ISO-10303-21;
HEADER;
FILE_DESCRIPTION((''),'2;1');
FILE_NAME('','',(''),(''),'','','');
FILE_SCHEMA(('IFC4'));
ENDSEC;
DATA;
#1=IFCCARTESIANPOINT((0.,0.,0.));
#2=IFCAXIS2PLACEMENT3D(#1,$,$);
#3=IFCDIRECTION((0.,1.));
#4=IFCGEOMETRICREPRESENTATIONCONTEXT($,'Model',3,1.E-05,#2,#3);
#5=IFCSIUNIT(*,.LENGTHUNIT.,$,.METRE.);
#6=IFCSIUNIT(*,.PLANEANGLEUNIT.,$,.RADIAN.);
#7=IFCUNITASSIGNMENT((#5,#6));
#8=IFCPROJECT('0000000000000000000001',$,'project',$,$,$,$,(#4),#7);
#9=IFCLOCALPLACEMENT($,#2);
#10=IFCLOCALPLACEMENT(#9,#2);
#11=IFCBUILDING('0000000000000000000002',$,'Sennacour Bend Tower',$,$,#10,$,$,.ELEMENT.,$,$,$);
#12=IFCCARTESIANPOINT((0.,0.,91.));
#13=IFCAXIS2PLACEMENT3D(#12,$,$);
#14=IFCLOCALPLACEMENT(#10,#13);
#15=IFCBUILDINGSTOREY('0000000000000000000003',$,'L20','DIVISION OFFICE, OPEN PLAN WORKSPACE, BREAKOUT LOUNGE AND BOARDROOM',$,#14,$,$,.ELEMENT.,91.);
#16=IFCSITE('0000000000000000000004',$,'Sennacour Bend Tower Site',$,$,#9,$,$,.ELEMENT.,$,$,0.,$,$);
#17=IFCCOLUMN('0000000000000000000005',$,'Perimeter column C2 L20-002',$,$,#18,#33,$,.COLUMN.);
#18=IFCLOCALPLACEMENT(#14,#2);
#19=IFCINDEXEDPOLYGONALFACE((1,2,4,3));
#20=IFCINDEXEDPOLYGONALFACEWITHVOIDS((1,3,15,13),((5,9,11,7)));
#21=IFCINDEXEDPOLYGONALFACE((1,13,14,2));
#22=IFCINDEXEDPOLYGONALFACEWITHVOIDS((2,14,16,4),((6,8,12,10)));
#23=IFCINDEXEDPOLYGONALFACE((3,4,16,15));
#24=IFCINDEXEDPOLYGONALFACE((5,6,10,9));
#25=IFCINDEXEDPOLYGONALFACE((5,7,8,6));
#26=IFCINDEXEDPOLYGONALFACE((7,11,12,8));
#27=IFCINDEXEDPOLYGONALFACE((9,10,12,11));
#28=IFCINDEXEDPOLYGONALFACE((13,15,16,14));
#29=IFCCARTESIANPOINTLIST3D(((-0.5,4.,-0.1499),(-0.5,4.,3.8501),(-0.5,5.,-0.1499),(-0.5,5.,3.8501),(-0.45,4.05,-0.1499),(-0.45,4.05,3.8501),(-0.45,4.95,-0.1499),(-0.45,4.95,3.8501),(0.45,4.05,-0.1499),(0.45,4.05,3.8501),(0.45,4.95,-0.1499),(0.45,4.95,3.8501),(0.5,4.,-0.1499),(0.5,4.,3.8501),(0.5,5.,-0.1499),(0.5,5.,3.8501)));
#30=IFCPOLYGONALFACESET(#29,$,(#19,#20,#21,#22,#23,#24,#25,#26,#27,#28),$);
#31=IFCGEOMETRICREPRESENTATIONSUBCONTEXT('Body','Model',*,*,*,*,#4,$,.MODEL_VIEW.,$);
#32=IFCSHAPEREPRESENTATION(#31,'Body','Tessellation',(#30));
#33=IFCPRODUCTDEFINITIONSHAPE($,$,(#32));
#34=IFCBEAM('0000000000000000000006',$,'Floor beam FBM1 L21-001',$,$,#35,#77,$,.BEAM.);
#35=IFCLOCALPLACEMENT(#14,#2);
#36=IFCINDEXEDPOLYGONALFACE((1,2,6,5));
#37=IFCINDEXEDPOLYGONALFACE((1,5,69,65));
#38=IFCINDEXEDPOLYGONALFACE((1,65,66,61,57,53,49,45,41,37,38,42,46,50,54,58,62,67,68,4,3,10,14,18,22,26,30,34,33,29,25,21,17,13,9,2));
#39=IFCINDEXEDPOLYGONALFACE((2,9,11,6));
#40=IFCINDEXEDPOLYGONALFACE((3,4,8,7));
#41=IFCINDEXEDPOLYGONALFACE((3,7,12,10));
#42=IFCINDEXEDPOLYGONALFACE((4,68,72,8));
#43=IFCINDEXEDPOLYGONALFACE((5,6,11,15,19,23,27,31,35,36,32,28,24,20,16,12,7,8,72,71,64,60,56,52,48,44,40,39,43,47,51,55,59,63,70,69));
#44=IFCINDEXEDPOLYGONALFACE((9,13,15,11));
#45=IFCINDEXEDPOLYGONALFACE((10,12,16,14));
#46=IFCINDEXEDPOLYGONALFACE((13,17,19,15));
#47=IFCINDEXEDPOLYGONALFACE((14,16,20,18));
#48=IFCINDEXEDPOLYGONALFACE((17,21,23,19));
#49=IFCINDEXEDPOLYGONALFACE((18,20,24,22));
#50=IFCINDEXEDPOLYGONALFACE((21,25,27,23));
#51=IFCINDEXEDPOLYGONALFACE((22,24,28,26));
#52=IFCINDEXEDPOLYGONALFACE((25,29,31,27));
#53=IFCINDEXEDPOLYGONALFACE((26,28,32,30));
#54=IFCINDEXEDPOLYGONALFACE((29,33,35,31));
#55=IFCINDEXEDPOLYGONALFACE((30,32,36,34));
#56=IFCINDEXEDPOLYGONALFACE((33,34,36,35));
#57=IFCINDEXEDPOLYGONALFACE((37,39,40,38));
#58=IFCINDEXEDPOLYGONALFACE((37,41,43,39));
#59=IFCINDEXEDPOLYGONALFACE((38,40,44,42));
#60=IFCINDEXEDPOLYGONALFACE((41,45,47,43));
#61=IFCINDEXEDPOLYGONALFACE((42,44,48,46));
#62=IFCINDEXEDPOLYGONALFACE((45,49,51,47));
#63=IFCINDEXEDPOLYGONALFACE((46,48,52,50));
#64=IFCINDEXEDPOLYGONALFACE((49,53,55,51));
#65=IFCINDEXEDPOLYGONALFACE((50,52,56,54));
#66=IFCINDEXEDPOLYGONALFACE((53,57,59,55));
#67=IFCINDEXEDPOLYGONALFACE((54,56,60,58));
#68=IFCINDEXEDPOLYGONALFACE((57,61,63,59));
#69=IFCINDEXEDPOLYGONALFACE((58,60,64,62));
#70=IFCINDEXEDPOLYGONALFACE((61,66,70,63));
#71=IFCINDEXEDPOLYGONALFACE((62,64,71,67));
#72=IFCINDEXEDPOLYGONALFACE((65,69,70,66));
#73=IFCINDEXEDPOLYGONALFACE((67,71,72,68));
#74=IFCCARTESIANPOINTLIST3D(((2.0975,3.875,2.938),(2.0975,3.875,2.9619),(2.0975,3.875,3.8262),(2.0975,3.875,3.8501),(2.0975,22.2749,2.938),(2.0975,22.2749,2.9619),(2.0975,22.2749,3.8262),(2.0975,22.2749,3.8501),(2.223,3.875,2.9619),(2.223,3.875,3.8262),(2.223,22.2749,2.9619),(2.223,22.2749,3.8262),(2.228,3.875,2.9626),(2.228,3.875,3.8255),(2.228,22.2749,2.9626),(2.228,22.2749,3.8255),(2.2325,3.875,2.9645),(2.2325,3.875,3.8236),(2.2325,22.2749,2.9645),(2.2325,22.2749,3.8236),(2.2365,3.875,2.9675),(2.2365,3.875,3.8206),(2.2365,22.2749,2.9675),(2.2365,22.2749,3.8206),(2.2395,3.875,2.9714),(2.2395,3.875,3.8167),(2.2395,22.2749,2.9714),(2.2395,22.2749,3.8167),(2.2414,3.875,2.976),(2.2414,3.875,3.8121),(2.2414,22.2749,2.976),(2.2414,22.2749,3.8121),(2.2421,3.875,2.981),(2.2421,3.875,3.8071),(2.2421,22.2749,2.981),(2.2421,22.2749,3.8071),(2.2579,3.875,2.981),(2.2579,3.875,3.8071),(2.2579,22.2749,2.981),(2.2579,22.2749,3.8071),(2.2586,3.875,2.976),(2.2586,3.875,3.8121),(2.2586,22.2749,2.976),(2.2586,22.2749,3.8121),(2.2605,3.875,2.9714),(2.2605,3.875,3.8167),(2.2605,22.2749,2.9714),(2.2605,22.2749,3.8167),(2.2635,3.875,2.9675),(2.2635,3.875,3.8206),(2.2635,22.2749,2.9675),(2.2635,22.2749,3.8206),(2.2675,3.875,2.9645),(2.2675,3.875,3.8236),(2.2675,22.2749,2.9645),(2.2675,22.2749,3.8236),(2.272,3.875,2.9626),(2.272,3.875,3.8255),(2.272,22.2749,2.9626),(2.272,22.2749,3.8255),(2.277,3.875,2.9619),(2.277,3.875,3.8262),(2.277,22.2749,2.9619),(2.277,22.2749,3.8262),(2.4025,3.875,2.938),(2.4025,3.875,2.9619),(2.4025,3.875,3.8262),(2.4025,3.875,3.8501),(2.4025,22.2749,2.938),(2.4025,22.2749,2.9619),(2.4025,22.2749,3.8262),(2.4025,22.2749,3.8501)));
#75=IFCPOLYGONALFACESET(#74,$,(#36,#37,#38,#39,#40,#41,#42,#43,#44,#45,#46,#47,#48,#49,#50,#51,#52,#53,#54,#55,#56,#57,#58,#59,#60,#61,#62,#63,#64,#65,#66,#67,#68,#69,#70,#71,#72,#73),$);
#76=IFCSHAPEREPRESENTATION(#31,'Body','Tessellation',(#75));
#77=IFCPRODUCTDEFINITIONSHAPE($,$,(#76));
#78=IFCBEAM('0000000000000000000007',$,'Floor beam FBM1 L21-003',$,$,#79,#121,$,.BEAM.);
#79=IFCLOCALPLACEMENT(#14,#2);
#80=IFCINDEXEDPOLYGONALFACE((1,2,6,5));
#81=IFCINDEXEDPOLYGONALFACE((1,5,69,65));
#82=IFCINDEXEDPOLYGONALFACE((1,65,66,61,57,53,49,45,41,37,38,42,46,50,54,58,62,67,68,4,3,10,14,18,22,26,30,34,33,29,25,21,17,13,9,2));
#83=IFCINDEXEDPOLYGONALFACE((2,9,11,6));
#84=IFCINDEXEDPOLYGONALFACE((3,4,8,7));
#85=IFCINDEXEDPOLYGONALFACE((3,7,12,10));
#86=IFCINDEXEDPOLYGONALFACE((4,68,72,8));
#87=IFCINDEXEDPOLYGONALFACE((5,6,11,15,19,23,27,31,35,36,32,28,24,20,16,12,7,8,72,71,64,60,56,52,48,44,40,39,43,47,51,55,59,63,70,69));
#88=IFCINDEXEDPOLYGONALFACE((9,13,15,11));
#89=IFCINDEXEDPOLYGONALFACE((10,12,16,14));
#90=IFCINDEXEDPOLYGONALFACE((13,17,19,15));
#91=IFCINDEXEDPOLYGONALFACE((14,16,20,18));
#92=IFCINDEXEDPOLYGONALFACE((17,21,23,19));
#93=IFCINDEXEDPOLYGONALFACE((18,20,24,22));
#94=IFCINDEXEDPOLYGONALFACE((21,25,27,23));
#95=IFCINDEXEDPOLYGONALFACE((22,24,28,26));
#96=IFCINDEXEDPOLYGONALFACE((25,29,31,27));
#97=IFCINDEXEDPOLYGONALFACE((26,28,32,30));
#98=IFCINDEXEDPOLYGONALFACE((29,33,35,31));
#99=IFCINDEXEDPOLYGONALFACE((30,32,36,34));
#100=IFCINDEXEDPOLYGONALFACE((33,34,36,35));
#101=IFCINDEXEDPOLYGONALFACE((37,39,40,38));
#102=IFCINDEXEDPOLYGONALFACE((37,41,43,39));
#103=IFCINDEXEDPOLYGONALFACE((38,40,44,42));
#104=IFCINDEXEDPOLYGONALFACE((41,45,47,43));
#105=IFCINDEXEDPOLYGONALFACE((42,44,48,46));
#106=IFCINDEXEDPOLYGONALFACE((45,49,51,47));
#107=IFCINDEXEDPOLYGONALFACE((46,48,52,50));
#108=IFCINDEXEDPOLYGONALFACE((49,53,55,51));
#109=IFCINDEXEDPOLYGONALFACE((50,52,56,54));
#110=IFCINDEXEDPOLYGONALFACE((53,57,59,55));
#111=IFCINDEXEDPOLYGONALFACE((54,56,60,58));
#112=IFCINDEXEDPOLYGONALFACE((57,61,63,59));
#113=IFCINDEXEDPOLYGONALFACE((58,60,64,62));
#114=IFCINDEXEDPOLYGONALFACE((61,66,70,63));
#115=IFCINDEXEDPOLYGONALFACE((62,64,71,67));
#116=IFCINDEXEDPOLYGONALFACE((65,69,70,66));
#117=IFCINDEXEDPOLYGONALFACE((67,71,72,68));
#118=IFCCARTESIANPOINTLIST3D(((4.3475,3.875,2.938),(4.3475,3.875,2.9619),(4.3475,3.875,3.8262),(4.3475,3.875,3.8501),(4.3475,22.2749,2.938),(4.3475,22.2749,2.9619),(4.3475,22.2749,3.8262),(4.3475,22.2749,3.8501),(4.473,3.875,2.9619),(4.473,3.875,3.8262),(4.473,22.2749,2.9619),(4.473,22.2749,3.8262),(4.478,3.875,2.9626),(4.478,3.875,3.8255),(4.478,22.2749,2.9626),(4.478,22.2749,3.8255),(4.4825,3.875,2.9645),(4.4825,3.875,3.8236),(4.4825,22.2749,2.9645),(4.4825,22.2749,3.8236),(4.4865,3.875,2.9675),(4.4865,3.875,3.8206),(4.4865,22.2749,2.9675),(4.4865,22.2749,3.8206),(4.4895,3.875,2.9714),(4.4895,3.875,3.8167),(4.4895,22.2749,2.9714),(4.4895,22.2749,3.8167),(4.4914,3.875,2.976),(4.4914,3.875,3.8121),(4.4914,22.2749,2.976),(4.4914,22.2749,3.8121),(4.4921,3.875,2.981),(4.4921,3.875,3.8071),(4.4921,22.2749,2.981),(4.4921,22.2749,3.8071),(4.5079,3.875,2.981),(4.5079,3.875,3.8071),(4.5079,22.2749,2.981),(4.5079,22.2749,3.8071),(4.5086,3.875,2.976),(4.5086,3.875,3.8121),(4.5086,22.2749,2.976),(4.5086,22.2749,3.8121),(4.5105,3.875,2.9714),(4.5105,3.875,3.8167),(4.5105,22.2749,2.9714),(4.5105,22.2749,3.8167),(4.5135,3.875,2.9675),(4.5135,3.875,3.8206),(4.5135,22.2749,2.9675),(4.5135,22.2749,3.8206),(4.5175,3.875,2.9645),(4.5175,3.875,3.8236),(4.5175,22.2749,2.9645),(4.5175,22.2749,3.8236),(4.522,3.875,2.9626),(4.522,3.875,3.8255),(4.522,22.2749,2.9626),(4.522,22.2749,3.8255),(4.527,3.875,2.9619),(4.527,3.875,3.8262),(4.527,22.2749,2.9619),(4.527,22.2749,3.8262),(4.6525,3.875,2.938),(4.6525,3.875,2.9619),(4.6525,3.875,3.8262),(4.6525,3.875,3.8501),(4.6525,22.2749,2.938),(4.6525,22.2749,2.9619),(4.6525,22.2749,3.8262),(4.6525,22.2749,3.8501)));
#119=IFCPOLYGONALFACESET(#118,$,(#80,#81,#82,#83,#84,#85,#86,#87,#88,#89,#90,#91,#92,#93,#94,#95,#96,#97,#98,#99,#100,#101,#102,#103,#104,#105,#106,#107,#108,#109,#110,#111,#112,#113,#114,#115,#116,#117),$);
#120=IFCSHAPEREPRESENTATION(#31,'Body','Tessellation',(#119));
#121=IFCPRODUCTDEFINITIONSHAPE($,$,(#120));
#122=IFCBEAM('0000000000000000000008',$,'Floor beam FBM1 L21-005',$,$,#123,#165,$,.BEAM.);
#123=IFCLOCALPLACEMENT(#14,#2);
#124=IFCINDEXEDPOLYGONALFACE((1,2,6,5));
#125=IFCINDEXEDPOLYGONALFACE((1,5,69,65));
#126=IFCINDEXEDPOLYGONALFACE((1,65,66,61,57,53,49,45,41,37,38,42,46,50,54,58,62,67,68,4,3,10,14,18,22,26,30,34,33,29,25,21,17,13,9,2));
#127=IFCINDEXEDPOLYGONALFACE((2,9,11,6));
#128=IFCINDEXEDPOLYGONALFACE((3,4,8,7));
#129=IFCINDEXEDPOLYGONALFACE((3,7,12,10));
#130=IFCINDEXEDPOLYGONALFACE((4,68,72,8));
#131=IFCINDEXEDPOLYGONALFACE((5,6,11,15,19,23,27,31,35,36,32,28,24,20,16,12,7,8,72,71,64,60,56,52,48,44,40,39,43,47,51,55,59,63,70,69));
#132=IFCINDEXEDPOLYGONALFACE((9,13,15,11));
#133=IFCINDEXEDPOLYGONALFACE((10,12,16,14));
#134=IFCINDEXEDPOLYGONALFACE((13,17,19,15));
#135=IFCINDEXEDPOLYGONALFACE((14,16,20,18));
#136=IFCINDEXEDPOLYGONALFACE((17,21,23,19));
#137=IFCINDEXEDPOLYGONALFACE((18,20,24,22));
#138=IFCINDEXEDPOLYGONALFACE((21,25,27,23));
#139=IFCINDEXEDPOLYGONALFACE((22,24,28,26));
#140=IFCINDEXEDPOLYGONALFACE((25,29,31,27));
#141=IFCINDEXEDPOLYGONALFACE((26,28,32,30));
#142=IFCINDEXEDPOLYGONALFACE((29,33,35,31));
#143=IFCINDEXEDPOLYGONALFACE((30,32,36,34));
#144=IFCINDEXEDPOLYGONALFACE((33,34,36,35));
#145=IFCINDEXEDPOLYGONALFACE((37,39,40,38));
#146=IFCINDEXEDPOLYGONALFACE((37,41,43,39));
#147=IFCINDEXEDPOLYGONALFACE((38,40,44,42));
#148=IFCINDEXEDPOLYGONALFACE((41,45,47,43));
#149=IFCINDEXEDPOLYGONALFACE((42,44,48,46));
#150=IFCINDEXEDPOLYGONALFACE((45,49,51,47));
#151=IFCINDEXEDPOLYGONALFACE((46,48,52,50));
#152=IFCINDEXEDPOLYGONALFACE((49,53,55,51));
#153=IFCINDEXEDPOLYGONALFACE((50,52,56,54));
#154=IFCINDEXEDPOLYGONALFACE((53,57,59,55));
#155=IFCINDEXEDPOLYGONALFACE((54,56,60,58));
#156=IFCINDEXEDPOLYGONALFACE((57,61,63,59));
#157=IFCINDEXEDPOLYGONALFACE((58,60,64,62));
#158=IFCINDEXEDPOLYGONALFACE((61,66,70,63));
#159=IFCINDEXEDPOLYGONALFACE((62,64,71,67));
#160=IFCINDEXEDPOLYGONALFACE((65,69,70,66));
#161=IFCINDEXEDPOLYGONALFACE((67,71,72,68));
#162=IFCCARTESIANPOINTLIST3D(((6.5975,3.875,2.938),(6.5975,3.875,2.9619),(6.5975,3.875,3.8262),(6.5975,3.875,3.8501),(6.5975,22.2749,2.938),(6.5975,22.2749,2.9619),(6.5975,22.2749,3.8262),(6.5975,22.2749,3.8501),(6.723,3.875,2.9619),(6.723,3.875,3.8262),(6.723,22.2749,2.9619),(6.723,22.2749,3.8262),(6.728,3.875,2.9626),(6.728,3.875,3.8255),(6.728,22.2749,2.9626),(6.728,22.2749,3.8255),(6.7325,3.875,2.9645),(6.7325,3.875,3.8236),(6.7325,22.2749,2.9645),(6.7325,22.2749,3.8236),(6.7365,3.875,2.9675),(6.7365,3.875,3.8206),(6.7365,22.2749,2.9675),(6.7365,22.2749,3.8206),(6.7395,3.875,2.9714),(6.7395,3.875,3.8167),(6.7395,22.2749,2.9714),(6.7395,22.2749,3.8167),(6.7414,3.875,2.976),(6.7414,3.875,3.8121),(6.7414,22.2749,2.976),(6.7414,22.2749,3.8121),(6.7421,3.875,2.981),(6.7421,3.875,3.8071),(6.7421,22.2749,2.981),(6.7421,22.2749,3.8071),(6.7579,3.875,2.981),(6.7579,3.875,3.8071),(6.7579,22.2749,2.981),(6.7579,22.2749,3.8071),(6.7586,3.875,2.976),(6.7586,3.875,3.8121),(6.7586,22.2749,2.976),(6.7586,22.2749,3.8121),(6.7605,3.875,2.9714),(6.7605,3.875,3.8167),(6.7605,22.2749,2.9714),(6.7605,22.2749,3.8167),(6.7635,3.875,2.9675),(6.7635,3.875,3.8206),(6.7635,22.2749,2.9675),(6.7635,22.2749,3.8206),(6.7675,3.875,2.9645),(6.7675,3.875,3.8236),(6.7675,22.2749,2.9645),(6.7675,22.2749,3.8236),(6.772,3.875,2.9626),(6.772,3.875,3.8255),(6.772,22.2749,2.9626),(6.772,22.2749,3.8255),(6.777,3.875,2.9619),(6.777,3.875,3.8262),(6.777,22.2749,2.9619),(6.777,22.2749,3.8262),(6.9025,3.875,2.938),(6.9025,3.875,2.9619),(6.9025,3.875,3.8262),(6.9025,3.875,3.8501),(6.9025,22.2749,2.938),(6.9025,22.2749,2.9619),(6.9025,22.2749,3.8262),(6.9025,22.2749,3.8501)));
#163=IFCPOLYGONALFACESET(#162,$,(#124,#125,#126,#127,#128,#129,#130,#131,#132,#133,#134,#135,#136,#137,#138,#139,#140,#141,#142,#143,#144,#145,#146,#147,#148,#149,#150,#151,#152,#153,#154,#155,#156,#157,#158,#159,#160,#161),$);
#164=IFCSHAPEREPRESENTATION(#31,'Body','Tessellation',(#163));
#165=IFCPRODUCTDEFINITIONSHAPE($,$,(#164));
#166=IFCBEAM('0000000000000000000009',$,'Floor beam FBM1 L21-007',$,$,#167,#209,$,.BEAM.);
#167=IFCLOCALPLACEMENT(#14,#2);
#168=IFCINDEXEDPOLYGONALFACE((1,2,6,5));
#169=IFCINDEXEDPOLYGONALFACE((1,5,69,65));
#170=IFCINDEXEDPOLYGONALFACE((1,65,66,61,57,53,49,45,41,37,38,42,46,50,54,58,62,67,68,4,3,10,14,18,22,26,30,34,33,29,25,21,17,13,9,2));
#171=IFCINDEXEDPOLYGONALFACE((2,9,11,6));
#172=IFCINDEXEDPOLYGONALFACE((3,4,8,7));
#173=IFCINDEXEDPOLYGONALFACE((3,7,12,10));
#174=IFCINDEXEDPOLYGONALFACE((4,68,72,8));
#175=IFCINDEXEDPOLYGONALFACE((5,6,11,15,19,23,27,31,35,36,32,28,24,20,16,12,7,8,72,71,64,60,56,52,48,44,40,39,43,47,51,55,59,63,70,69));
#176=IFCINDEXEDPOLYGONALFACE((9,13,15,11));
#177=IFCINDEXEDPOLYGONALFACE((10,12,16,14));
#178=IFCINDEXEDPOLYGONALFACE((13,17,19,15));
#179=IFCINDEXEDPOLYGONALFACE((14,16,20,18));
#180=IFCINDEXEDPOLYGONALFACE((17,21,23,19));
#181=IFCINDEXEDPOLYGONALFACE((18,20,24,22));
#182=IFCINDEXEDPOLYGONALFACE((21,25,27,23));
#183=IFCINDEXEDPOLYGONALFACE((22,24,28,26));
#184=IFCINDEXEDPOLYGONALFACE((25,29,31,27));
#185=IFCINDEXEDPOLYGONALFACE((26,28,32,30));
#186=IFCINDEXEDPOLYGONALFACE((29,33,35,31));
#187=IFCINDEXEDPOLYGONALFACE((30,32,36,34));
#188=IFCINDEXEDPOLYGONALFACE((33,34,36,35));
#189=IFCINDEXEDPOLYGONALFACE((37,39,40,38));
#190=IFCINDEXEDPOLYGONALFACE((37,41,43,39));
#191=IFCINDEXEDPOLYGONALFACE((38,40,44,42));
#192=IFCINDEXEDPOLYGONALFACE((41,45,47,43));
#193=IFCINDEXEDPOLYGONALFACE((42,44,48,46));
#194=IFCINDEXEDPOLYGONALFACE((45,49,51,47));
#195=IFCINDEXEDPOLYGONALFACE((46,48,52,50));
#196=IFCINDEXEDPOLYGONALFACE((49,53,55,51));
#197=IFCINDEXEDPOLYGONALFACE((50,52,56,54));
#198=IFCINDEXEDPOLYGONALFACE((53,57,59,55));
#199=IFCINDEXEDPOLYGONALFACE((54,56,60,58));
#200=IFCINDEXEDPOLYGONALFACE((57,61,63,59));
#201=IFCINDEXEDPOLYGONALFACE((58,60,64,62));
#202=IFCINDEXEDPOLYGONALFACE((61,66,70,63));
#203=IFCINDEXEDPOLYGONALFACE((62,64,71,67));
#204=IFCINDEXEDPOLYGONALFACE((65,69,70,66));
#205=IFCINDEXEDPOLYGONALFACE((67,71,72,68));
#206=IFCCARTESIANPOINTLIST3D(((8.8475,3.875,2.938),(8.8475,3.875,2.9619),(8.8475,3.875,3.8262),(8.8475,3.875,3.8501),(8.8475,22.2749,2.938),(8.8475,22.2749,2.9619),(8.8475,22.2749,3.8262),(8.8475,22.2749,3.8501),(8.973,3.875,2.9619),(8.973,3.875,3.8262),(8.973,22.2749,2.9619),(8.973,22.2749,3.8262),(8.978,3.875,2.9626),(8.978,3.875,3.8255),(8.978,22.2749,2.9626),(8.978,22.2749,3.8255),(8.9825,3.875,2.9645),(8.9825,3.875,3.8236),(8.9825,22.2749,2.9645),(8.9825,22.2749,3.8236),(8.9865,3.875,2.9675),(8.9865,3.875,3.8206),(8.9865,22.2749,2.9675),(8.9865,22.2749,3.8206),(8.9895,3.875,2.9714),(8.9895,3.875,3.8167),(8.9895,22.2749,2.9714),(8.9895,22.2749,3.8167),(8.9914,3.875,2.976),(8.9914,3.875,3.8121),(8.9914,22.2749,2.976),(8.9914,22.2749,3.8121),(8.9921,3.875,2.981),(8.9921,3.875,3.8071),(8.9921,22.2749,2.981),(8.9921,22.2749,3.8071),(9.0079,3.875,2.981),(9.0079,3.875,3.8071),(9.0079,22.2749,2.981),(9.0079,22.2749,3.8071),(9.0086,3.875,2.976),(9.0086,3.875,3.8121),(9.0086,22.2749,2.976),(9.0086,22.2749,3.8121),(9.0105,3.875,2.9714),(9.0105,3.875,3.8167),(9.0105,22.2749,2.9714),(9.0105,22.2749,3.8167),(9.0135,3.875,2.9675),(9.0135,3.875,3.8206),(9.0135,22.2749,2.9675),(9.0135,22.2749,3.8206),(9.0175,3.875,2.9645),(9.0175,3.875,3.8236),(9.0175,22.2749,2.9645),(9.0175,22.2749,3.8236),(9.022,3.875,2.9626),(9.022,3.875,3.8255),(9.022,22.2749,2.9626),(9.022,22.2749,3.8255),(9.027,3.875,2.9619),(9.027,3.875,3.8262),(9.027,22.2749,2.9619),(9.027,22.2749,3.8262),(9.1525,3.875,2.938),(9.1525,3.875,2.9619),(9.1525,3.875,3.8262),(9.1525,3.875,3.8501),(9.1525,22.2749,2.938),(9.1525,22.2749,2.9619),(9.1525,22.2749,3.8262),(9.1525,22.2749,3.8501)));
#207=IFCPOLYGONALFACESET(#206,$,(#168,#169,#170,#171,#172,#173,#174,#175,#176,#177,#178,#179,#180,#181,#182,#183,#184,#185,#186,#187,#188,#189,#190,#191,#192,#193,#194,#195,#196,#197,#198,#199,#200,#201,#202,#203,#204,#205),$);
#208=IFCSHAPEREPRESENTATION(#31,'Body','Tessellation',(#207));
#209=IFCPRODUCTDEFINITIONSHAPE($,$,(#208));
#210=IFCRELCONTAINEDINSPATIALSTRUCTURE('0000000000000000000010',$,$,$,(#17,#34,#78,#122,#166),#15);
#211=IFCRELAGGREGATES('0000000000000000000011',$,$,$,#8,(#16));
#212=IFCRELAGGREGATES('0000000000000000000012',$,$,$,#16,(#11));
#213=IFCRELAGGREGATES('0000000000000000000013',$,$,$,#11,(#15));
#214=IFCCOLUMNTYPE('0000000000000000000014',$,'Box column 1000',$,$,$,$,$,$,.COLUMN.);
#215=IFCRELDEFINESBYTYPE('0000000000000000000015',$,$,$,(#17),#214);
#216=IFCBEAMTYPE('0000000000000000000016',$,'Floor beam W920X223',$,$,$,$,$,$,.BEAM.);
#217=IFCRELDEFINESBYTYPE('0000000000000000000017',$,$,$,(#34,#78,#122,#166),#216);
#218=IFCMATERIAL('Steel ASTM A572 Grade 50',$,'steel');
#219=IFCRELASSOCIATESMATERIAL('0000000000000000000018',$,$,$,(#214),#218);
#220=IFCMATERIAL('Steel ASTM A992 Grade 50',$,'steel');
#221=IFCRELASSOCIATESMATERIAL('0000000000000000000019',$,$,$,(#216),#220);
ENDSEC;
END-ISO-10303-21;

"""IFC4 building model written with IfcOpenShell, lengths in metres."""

from ifc_helpers import new_model, si_unit, direction, frame, origin, origin_2d, place, context, subcontext, project, spatial, hollow_rectangle, i_section, extrude, material, material_profile, profile_set, type_object, element, save


model = new_model("IFC4")

# Units and contexts
model_context = context("Model", 3, precision=1e-05, world=origin(), true_north=direction((0.0, 1.0)))
body_context = subcontext(model_context, "Body", "Model", "MODEL_VIEW")
ifc_project = project(units=[si_unit("LENGTHUNIT", "METRE"), si_unit("PLANEANGLEUNIT", "RADIAN")], contexts=[model_context])

# Site, building, storey
site_placement = place(None, origin())
site = spatial("IfcSite", under=ifc_project, at=site_placement, Name="Sennacour Bend Tower Site", CompositionType="ELEMENT", RefElevation=0.0)
building_placement = place(site_placement, origin())
building = spatial("IfcBuilding", under=site, at=building_placement, Name="Sennacour Bend Tower", CompositionType="ELEMENT")
storey_placement = place(building_placement, frame((0.0, 0.0, 91.0)))
storey = spatial("IfcBuildingStorey", under=building, at=storey_placement, Name="L20", Description="DIVISION OFFICE, OPEN PLAN WORKSPACE, BREAKOUT LOUNGE AND BOARDROOM", CompositionType="ELEMENT", Elevation=91.0)

# Column
ifc_material_1 = material(Name="Steel ASTM A572 Grade 50", Category="steel")
ifc_material_profile_1 = material_profile(ifc_material_1, hollow_rectangle(XDim=1.0, YDim=1.0, WallThickness=0.05, at=origin_2d()), Name="Steel ASTM A572 Grade 50", Category="steel")
ifc_profile_set_1 = profile_set([ifc_material_profile_1], Name="Steel ASTM A572 Grade 50")
column_type = type_object("IfcColumnType", Name="Box column 1000", PredefinedType="COLUMN", material=ifc_profile_set_1)
column_placement = place(storey_placement, frame((0.0, 4.5, -0.1499), z_axis=(0.0, 0.0, 1.0), x_axis=(1.0, 0.0, 0.0)))
element("IfcColumn", 1, at=column_placement, inside=storey, type_object=column_type, Name="Perimeter column C2 L20-002", PredefinedType="COLUMN", context=body_context, shape_type="SweptSolid", body=[
    extrude(hollow_rectangle(XDim=1.0, YDim=1.0, WallThickness=0.05, at=origin_2d()), origin(), (0.0, 0.0, 1.0), 4.0),
])

# Beams
ifc_material_2 = material(Name="Steel ASTM A992 Grade 50", Category="steel")
ifc_material_profile_2 = material_profile(ifc_material_2, i_section(OverallWidth=0.3049, OverallDepth=0.9121, WebThickness=0.0159, FlangeThickness=0.0239, FilletRadius=0.019, at=origin_2d()), Name="Steel ASTM A992 Grade 50", Category="steel")
ifc_profile_set_2 = profile_set([ifc_material_profile_2], Name="Steel ASTM A992 Grade 50")
beam_type_1 = type_object("IfcBeamType", Name="Floor beam W920X223", PredefinedType="BEAM", material=ifc_profile_set_2)
for number, where, z_axis, x_axis, name in (
    (2, (2.25, 3.875, 3.394), (0.0, 1.0, 0.0), (-1.0, 0.0, 0.0), "Floor beam FBM1 L21-001"),
    (3, (4.5, 3.875, 3.394), (0.0, 1.0, 0.0), (-1.0, 0.0, 0.0), "Floor beam FBM1 L21-003"),
    (4, (6.75, 3.875, 3.394), (0.0, 1.0, 0.0), (-1.0, 0.0, 0.0), "Floor beam FBM1 L21-005"),
    (5, (9.0, 3.875, 3.394), (0.0, 1.0, 0.0), (-1.0, 0.0, 0.0), "Floor beam FBM1 L21-007"),
):
    element("IfcBeam", number, at=place(storey_placement, frame(where, z_axis=z_axis, x_axis=x_axis)), inside=storey, type_object=beam_type_1, Name=name, PredefinedType="BEAM", context=body_context, shape_type="SweptSolid", body=[
        extrude(i_section(OverallWidth=0.3049, OverallDepth=0.9121, WebThickness=0.0159, FlangeThickness=0.0239, FilletRadius=0.019, at=origin_2d()), origin(), (0.0, 0.0, 1.0), 18.3999),
    ])

save(model, "model.ifc")
